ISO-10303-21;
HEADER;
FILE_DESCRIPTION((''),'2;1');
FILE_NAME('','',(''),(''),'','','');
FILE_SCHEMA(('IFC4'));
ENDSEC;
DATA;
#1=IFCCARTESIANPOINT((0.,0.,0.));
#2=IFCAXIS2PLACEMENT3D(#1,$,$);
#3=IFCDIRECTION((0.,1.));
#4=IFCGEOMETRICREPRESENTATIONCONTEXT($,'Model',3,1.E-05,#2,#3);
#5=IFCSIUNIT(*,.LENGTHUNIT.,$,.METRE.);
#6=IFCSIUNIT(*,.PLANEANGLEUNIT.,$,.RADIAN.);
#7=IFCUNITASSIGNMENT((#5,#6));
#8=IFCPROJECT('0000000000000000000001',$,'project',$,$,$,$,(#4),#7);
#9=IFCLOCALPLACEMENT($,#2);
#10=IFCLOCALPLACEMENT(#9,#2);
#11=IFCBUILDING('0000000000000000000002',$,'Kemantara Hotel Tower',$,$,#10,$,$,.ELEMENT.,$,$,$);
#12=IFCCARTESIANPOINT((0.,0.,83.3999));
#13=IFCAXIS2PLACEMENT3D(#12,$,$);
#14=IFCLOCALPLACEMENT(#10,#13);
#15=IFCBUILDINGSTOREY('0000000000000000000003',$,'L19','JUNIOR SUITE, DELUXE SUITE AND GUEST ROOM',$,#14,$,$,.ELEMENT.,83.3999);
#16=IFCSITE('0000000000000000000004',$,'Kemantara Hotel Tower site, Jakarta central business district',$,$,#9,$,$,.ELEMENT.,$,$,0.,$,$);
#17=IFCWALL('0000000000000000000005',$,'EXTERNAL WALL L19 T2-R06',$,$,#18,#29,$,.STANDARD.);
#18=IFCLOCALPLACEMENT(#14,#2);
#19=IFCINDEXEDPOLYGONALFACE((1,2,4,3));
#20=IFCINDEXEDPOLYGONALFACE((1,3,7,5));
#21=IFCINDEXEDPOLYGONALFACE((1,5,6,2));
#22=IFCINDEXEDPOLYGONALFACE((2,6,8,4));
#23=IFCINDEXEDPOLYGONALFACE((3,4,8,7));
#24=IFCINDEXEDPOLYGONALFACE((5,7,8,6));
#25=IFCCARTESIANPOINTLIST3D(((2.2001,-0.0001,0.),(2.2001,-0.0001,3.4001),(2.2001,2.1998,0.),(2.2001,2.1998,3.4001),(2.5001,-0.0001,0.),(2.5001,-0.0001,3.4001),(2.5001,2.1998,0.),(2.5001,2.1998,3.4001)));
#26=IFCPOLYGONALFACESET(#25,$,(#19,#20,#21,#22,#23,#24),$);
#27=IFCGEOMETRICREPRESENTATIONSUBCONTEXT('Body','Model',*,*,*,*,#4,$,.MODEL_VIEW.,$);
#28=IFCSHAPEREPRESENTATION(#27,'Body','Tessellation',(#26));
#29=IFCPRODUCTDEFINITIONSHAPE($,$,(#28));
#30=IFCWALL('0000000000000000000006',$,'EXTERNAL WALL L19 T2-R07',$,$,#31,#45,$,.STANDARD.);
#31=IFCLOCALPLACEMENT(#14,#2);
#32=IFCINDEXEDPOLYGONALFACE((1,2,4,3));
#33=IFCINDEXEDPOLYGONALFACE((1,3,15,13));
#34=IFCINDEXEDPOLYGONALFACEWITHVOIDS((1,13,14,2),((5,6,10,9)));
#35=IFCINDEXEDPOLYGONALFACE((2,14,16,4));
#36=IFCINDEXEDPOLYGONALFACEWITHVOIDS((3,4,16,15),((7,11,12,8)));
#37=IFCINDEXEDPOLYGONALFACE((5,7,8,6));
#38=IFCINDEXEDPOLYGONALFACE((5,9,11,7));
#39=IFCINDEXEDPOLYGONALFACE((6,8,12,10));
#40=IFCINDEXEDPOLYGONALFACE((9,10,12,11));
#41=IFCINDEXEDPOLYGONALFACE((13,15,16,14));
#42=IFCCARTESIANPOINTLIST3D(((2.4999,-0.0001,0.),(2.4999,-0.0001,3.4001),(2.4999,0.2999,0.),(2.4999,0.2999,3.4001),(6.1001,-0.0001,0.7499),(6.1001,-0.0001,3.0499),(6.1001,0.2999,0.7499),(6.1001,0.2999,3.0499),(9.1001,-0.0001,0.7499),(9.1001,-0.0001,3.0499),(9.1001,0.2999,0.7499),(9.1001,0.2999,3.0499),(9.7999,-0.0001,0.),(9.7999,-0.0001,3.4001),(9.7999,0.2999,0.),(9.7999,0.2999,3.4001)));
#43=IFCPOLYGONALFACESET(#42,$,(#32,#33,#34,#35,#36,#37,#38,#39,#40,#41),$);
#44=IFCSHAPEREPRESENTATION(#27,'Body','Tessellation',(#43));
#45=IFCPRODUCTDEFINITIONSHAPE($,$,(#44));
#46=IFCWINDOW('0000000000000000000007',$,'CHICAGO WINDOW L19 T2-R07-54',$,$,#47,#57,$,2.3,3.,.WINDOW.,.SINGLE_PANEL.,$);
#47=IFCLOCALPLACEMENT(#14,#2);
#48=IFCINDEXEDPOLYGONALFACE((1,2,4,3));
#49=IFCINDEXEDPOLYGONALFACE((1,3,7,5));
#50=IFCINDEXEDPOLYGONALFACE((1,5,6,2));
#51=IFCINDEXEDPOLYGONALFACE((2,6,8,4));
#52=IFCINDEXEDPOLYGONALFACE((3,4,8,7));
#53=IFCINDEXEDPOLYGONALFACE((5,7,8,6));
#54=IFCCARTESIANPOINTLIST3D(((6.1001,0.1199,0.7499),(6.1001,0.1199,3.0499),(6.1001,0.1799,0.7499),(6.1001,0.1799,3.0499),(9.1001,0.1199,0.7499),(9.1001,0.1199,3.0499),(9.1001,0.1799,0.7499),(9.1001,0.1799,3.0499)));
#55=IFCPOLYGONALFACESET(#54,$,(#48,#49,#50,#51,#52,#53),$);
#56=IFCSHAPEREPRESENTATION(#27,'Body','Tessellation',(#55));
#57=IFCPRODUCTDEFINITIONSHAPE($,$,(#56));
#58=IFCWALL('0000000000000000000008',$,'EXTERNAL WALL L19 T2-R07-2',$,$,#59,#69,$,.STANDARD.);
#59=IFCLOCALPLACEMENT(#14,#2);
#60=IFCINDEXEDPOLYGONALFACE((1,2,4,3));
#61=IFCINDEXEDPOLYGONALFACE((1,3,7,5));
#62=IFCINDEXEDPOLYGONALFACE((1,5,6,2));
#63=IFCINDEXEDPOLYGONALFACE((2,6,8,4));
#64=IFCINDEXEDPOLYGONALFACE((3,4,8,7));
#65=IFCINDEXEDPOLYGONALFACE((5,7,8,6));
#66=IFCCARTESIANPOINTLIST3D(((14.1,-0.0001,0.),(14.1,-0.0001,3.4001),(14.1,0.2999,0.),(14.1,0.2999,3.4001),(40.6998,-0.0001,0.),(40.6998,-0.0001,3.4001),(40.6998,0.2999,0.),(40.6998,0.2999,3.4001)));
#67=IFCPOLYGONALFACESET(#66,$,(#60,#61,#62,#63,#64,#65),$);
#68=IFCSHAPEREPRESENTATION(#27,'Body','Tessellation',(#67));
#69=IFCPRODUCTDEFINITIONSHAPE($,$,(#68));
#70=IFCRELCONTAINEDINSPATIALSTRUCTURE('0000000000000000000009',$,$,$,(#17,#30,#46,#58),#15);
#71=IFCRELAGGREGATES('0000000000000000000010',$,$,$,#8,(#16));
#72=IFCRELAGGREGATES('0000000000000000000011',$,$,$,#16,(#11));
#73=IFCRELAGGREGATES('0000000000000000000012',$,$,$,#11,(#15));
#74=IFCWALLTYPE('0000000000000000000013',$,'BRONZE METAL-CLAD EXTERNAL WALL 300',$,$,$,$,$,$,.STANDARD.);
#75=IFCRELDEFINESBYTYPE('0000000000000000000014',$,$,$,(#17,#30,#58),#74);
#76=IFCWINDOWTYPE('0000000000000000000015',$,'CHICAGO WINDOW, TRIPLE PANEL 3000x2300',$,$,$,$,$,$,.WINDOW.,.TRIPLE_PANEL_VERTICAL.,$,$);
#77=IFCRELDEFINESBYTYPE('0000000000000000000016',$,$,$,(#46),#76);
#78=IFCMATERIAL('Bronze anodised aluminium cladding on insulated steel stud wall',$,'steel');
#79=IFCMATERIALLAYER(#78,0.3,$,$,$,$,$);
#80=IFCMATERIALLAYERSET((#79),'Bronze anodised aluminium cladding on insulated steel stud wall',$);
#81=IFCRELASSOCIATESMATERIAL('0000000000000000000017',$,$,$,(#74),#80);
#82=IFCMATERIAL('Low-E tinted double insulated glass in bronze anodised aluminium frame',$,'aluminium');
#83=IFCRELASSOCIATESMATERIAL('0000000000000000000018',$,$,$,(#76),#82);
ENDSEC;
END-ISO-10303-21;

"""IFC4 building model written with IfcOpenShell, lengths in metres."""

from ifc_helpers import new_model, si_unit, direction, frame, frame_2d, origin, place, context, subcontext, project, spatial, rectangle, extrude, material, layer, layer_set, type_object, element, fill, save


model = new_model("IFC4")

# Units and contexts
model_context = context("Model", 3, precision=1e-05, world=origin(), true_north=direction((0.0, 1.0)))
body_context = subcontext(model_context, "Body", "Model", "MODEL_VIEW")
ifc_project = project(units=[si_unit("LENGTHUNIT", "METRE"), si_unit("PLANEANGLEUNIT", "RADIAN")], contexts=[model_context])

# Site, building, storey
site_placement = place(None, origin())
site = spatial("IfcSite", under=ifc_project, at=site_placement, Name="Kemantara Hotel Tower site, Jakarta central business district", CompositionType="ELEMENT", RefElevation=0.0)
building_placement = place(site_placement, origin())
building = spatial("IfcBuilding", under=site, at=building_placement, Name="Kemantara Hotel Tower", CompositionType="ELEMENT")
storey_placement = place(building_placement, frame((0.0, 0.0, 83.3999)))
storey = spatial("IfcBuildingStorey", under=building, at=storey_placement, Name="L19", Description="JUNIOR SUITE, DELUXE SUITE AND GUEST ROOM", CompositionType="ELEMENT", Elevation=83.3999)

# Wall
ifc_material_1 = material(Name="Bronze anodised aluminium cladding on insulated steel stud wall", Category="steel")
ifc_layer_1 = layer(ifc_material_1, 0.3)
ifc_layer_set_1 = layer_set([ifc_layer_1], Name="Bronze anodised aluminium cladding on insulated steel stud wall")
wall_type_1 = type_object("IfcWallType", Name="BRONZE METAL-CLAD EXTERNAL WALL 300", PredefinedType="STANDARD", material=ifc_layer_set_1)
wall_1_placement = place(storey_placement, frame((2.3501, 2.2, 0.0), z_axis=(0.0, 0.0, 1.0), x_axis=(0.0, -1.0, 0.0)))
element("IfcWall", 1, at=wall_1_placement, inside=storey, type_object=wall_type_1, Name="EXTERNAL WALL L19 T2-R06", PredefinedType="STANDARD", context=body_context, shape_type="SweptSolid", body=[
    extrude(rectangle(XDim=2.2, YDim=0.3, at=frame_2d((1.1001, 0.0))), origin(), (0.0, 0.0, 1.0), 3.4001),
])

# Wall, opening, window
wall_2_placement = place(storey_placement, frame((2.5, 0.1499, 0.0), z_axis=(0.0, 0.0, 1.0), x_axis=(1.0, 0.0, 0.0)))
wall_2 = element("IfcWall", 2, at=wall_2_placement, inside=storey, type_object=wall_type_1, Name="EXTERNAL WALL L19 T2-R07", PredefinedType="STANDARD", context=body_context, shape_type="SweptSolid", body=[
    extrude(rectangle(XDim=7.3, YDim=0.3, at=frame_2d((3.6499, 0.0))), origin(), (0.0, 0.0, 1.0), 3.4001),
])
opening_1_placement = place(wall_2_placement, frame((3.6001, 0.0, 0.75)))
opening_1 = element("IfcOpeningElement", 3, at=opening_1_placement, cuts=wall_2, PredefinedType="OPENING", context=body_context, shape_type="SweptSolid", body=[
    extrude(rectangle(XDim=3.0, YDim=2.3, at=frame_2d((1.5, 1.1499))), frame((0.0, 0.1599, 0.0), z_axis=(0.0, -1.0, 0.0), x_axis=(1.0, 0.0, 0.0)), (0.0, 0.0, 1.0), 0.3201),
])
ifc_material_2 = material(Name="Low-E tinted double insulated glass in bronze anodised aluminium frame", Category="aluminium")
window_type = type_object("IfcWindowType", Name="CHICAGO WINDOW, TRIPLE PANEL 3000x2300", PartitioningType="TRIPLE_PANEL_VERTICAL", PredefinedType="WINDOW", material=ifc_material_2)
window_placement = place(opening_1_placement, origin())
window = element("IfcWindow", 4, at=window_placement, inside=storey, type_object=window_type, Name="CHICAGO WINDOW L19 T2-R07-54", OverallHeight=2.3, OverallWidth=3.0, PartitioningType="SINGLE_PANEL", PredefinedType="WINDOW", context=body_context, shape_type="SweptSolid", body=[
    extrude(rectangle(XDim=3.0, YDim=2.3, at=frame_2d((1.5, 1.1499))), frame((0.0, 0.03, 0.0), z_axis=(0.0, -1.0, 0.0), x_axis=(1.0, 0.0, 0.0)), (0.0, 0.0, 1.0), 0.0601),
])
fill(opening_1, window)

# Wall
wall_3_placement = place(storey_placement, frame((14.1001, 0.1499, 0.0), z_axis=(0.0, 0.0, 1.0), x_axis=(1.0, 0.0, 0.0)))
element("IfcWall", 5, at=wall_3_placement, inside=storey, type_object=wall_type_1, Name="EXTERNAL WALL L19 T2-R07-2", PredefinedType="STANDARD", context=body_context, shape_type="SweptSolid", body=[
    extrude(rectangle(XDim=26.5999, YDim=0.3, at=frame_2d((13.2998, 0.0))), origin(), (0.0, 0.0, 1.0), 3.4001),
])

save(model, "model.ifc")
